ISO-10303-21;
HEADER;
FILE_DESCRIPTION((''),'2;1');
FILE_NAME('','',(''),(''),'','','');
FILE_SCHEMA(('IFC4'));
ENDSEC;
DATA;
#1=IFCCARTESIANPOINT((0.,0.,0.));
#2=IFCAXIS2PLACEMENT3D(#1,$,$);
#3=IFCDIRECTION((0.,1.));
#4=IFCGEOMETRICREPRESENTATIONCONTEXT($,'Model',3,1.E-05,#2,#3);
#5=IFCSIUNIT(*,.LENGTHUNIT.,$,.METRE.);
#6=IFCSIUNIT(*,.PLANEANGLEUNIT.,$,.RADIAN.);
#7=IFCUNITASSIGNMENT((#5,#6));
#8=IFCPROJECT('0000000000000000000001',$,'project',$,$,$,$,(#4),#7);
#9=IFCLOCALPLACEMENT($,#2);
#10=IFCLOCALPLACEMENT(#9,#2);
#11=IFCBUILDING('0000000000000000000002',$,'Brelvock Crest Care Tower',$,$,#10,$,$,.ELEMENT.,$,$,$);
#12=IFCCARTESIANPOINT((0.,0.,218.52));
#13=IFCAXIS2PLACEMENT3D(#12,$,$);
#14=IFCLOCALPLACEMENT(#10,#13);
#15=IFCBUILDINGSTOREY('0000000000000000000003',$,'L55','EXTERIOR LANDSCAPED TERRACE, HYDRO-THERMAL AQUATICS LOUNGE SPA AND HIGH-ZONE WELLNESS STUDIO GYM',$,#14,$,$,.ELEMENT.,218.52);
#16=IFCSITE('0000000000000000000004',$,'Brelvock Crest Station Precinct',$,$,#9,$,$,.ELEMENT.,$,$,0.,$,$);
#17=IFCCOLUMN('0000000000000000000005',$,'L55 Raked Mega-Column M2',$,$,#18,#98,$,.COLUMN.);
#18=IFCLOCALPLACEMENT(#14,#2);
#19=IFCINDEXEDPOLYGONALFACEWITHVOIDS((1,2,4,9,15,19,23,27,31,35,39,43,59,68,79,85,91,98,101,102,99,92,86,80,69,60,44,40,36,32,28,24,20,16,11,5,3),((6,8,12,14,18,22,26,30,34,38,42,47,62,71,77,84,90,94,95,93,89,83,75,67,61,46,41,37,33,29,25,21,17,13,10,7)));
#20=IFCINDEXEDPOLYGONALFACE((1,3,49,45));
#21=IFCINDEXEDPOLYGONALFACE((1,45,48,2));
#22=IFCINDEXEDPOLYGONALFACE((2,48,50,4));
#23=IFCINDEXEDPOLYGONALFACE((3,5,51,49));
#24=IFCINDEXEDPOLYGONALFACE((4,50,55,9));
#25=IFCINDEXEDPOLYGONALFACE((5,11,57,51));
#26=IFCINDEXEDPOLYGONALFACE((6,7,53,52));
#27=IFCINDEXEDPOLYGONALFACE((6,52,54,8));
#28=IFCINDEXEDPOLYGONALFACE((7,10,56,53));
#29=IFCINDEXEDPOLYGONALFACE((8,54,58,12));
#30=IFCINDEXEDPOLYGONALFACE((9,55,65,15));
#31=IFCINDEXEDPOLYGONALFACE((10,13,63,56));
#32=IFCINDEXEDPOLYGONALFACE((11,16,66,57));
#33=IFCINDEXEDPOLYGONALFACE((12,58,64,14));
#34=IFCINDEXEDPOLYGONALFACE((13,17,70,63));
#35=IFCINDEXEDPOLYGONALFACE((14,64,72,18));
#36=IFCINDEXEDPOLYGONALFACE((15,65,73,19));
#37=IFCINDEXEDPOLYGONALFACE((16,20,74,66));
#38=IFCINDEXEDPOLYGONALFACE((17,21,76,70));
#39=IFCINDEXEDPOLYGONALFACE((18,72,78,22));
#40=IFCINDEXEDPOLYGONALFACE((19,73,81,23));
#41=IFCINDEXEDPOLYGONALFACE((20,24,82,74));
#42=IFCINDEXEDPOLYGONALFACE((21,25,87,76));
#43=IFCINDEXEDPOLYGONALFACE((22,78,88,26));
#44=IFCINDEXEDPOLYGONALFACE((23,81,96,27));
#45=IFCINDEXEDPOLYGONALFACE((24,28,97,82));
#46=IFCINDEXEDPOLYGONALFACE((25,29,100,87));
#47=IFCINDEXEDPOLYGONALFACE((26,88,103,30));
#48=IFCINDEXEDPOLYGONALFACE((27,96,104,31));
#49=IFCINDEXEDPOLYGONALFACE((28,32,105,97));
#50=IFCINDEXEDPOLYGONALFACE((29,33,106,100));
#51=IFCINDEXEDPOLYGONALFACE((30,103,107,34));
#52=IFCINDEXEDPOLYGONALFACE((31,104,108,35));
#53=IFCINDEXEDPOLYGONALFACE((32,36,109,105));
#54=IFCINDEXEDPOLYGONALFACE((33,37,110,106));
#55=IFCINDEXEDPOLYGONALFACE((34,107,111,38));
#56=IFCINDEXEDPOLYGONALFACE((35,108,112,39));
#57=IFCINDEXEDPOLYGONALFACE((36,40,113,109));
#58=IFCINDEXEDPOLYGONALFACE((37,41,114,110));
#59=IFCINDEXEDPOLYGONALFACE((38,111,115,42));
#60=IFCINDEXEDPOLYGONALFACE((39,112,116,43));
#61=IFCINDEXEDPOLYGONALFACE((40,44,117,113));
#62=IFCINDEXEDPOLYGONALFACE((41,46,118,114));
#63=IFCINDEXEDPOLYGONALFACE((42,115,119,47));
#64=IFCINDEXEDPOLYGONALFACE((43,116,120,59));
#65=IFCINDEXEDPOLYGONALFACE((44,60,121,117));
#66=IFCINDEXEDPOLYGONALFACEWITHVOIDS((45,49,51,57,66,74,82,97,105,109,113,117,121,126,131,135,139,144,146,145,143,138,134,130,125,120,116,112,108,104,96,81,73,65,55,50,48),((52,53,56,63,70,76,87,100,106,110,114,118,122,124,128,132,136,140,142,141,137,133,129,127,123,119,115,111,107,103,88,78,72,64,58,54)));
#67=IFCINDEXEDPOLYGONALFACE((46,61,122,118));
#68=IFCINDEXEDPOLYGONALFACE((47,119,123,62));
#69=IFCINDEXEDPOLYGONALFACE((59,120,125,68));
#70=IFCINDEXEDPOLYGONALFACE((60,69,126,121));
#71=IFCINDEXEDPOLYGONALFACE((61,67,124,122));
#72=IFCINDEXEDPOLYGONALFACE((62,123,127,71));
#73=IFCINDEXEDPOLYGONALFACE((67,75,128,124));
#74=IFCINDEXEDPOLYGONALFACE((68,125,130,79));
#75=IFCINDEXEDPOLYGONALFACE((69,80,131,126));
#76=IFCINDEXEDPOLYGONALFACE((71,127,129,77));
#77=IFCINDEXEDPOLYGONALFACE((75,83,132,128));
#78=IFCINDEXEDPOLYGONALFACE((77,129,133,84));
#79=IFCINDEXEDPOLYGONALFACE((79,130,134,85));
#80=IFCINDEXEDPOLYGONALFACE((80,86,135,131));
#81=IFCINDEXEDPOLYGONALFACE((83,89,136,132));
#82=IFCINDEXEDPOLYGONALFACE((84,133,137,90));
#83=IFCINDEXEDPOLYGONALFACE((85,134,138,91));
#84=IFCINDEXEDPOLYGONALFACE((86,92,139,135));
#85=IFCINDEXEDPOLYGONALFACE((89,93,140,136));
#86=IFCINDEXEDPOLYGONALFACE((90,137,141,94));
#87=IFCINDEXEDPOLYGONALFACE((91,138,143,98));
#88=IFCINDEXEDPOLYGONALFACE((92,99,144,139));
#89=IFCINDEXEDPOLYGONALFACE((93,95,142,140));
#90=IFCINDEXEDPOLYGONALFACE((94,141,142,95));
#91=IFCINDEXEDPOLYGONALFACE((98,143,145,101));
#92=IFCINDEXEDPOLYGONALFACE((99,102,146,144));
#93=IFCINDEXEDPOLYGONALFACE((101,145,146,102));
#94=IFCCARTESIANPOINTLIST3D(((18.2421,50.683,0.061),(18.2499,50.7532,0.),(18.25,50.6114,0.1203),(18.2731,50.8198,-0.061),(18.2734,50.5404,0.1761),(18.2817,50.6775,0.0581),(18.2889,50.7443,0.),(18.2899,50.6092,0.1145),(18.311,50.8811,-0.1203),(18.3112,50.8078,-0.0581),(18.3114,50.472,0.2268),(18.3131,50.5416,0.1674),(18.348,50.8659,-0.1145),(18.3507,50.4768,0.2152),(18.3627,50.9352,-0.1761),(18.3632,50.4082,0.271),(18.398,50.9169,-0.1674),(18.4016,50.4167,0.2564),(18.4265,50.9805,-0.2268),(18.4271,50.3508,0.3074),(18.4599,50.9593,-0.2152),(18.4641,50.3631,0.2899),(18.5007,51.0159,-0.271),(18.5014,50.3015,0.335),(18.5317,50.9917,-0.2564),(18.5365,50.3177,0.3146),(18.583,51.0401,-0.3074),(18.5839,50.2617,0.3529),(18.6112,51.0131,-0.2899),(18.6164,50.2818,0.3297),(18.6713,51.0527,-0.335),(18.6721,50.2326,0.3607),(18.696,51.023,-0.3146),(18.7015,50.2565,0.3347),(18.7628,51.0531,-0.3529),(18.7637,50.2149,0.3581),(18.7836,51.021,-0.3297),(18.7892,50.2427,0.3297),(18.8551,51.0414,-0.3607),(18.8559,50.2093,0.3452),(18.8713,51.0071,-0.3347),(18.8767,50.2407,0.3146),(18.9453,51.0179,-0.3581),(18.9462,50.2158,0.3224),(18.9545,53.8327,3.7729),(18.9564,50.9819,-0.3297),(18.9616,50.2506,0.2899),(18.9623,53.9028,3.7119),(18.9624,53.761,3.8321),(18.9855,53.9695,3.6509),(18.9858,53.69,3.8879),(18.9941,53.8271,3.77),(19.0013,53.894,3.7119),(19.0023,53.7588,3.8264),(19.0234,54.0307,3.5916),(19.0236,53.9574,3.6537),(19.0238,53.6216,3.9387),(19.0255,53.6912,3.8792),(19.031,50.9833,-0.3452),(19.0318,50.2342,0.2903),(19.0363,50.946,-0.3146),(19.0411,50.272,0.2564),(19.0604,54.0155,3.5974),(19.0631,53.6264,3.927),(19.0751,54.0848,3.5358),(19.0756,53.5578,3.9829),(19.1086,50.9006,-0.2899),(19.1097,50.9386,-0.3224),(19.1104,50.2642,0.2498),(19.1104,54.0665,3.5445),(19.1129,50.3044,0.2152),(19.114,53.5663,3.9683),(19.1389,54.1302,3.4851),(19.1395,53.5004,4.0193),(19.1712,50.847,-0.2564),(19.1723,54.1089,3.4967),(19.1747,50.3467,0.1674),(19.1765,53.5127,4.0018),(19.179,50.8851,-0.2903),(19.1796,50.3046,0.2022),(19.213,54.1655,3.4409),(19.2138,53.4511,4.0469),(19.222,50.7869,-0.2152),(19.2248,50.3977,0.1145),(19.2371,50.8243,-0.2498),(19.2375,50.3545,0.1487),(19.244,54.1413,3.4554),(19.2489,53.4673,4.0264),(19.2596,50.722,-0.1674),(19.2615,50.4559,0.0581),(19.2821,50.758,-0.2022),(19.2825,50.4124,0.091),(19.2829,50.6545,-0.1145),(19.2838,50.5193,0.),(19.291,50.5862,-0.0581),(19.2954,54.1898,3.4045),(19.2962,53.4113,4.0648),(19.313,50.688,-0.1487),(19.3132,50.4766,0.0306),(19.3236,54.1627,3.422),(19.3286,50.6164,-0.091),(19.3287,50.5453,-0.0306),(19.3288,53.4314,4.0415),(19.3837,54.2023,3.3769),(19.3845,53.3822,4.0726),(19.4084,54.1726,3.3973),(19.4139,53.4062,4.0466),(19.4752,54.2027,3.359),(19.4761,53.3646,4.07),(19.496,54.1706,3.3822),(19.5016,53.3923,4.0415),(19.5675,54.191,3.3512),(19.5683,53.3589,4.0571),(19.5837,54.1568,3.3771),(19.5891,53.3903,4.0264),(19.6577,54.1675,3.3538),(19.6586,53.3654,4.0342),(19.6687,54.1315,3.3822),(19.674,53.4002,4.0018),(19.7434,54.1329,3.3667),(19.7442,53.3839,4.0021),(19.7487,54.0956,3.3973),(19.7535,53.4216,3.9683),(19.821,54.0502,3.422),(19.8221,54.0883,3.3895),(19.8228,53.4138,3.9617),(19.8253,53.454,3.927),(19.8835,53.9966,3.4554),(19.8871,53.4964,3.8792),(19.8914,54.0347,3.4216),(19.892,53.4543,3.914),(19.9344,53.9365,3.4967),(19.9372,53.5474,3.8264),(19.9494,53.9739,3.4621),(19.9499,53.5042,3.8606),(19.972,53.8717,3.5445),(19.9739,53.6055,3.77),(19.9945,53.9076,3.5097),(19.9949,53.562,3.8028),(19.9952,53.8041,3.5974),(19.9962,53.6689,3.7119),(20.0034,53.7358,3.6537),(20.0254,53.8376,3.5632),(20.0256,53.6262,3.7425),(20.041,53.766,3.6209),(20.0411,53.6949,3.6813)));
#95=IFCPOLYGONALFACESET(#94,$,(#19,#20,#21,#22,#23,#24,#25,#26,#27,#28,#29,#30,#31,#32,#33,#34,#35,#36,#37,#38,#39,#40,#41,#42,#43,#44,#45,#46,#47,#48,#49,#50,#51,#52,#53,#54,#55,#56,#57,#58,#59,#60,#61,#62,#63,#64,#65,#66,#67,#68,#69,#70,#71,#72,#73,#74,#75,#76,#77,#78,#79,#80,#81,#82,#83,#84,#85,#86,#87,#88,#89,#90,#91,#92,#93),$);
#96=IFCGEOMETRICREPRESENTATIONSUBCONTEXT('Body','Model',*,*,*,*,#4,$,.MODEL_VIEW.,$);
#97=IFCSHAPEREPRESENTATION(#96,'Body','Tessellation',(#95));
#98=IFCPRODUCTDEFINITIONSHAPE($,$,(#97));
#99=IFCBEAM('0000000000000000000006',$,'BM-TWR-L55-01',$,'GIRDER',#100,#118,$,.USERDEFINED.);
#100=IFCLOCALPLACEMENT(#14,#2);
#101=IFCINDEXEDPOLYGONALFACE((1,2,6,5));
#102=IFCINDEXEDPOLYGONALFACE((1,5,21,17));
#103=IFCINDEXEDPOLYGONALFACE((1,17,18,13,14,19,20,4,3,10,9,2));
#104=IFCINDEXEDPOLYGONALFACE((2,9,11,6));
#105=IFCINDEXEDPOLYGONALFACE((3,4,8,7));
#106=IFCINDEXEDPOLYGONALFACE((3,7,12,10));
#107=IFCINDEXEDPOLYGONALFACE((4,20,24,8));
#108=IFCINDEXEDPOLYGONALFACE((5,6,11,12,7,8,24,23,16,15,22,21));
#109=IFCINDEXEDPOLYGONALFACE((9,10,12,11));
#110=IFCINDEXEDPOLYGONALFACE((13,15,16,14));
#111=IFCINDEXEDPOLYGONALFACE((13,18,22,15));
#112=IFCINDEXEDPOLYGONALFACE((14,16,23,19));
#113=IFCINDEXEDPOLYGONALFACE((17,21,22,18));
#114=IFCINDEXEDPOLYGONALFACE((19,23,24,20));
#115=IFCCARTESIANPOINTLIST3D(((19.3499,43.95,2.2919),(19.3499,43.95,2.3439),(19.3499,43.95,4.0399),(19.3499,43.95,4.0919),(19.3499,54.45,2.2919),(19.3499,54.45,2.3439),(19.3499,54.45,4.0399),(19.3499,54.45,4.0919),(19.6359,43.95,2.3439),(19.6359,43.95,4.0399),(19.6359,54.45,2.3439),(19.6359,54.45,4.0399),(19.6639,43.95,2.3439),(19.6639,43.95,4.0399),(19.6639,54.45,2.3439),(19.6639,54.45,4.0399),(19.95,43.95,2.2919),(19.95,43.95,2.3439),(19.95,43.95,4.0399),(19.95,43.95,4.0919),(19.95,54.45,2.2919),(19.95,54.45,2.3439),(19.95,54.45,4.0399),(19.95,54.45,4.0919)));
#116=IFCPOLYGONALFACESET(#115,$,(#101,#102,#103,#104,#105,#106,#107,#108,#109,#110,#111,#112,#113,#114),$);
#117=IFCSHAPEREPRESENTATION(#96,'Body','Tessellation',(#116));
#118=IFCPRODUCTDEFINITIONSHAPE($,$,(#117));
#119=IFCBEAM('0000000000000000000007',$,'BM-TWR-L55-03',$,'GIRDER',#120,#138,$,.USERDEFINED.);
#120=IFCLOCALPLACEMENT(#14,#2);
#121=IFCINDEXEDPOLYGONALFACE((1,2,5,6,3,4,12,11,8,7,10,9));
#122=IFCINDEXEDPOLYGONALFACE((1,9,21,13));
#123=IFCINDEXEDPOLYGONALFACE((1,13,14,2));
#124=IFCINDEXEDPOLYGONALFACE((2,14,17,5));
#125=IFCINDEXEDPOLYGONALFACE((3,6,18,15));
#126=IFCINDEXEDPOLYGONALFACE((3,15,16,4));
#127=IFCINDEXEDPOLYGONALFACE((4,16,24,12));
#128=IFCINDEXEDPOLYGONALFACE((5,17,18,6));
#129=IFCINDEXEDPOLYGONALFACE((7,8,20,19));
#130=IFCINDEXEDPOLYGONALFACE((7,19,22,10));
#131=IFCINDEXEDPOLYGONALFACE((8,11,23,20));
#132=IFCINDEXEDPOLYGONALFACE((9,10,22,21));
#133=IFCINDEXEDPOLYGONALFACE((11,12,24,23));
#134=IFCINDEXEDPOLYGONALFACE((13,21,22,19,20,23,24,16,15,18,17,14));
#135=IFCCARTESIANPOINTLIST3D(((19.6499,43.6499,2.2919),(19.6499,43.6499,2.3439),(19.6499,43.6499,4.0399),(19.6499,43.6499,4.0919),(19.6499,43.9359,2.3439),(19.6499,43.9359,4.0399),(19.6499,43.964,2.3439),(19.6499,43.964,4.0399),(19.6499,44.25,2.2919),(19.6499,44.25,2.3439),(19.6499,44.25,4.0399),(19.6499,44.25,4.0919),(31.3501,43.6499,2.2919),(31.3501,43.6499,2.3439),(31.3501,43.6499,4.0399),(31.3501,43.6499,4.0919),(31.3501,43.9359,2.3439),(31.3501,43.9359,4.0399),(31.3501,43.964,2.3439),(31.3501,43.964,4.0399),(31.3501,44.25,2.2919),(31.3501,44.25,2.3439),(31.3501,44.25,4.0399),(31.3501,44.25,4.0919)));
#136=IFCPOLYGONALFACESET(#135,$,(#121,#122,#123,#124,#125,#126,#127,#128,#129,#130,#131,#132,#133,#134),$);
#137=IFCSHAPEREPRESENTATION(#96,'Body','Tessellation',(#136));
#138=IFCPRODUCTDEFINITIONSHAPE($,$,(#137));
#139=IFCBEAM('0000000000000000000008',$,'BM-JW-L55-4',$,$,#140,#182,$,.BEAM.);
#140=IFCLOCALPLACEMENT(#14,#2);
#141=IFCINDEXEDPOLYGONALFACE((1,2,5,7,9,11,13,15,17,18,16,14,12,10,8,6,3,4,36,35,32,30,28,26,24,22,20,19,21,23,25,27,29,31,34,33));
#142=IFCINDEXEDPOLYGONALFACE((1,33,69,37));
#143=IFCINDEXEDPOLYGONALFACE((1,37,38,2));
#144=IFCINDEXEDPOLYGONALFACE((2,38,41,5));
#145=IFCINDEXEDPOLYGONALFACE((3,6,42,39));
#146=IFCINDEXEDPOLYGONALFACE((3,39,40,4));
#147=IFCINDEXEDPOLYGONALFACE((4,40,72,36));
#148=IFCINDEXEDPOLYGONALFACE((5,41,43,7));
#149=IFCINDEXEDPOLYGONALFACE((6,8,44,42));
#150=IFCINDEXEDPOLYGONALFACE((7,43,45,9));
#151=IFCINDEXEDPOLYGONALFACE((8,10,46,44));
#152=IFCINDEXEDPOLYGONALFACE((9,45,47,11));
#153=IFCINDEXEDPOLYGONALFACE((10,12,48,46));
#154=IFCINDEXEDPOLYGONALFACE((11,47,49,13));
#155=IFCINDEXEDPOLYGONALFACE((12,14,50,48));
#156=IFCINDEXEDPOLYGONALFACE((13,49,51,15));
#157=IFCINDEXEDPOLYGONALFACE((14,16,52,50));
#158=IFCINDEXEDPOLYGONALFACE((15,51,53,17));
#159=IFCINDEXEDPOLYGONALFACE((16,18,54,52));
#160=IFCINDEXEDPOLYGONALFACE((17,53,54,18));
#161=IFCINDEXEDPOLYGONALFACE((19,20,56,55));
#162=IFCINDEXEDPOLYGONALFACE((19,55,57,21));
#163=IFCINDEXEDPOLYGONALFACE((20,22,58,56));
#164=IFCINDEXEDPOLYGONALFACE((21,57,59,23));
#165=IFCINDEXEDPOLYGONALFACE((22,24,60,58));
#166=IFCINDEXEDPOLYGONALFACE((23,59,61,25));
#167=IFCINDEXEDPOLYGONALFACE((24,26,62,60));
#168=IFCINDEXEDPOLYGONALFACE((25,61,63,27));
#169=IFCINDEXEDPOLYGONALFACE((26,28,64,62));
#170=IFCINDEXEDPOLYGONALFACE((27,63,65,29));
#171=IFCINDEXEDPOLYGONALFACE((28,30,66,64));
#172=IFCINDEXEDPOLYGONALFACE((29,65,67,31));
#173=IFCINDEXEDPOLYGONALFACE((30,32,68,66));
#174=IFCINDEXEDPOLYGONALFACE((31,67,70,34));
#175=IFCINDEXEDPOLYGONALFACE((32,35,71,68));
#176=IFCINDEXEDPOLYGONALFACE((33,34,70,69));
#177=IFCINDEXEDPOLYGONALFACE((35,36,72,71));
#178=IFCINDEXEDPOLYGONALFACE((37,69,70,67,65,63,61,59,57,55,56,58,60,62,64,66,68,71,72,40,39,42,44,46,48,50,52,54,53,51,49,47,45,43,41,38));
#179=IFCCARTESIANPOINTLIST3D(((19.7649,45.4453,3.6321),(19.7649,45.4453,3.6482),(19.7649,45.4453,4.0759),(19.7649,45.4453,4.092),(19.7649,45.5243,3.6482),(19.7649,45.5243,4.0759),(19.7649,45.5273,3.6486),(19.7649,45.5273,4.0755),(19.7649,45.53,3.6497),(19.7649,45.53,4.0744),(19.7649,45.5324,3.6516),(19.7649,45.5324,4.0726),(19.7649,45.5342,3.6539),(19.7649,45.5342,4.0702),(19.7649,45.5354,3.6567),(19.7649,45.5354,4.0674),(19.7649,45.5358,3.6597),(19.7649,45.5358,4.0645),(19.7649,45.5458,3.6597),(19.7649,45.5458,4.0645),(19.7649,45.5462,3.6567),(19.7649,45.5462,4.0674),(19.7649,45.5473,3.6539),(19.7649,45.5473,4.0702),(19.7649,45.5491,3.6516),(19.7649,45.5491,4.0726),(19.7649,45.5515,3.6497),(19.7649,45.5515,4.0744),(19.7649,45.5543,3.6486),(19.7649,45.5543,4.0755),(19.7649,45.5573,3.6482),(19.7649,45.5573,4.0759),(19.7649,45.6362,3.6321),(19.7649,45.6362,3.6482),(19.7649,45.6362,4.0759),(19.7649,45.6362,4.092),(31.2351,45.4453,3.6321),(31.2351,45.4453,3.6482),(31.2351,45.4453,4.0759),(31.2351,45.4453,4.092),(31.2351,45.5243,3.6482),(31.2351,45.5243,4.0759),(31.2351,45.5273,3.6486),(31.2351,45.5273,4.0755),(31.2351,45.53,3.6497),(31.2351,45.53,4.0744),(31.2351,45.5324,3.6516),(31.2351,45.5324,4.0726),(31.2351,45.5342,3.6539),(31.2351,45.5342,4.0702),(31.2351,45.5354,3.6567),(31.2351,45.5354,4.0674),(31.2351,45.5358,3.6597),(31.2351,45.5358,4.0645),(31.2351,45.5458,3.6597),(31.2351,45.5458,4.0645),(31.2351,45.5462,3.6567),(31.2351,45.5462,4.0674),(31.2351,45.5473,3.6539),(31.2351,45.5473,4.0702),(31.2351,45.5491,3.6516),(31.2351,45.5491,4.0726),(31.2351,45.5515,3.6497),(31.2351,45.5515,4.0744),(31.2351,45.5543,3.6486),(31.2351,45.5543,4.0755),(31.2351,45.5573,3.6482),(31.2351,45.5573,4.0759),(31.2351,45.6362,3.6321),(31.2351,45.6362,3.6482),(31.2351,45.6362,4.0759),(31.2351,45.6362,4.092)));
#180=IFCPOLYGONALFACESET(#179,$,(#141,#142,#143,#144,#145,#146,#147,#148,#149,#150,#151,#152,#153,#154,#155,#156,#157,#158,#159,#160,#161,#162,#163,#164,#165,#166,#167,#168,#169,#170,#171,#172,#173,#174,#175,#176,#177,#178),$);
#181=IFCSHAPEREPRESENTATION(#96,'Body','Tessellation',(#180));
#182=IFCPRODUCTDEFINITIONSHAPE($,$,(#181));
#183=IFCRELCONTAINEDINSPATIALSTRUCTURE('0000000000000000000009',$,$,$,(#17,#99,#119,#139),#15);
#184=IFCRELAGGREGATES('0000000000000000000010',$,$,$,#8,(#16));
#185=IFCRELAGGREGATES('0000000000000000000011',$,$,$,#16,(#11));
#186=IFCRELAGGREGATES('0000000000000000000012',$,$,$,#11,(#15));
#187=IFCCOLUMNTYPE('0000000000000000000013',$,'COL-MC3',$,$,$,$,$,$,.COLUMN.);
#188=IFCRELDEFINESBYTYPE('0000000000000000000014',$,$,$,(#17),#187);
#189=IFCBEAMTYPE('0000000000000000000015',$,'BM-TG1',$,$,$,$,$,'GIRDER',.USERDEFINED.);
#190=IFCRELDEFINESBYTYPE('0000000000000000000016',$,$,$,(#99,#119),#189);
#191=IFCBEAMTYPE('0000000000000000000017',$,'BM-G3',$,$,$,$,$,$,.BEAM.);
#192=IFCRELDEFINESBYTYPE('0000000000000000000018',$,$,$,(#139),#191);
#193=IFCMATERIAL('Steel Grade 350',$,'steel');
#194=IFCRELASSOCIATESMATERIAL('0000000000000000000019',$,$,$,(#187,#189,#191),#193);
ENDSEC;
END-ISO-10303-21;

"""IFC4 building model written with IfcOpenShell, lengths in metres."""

from ifc_helpers import new_model, si_unit, direction, frame, origin, origin_2d, place, context, subcontext, project, spatial, hollow_circle, i_section, extrude, source, transform, mapped, material, material_profile, profile_set, type_object, element, save


model = new_model("IFC4")

# Units and contexts
model_context = context("Model", 3, precision=1e-05, world=origin(), true_north=direction((0.0, 1.0)))
body_context = subcontext(model_context, "Body", "Model", "MODEL_VIEW")
ifc_project = project(units=[si_unit("LENGTHUNIT", "METRE"), si_unit("PLANEANGLEUNIT", "RADIAN")], contexts=[model_context])

# Site, building, storey
site_placement = place(None, origin())
site = spatial("IfcSite", under=ifc_project, at=site_placement, Name="Brelvock Crest Station Precinct", CompositionType="ELEMENT", RefElevation=0.0)
building_placement = place(site_placement, origin())
building = spatial("IfcBuilding", under=site, at=building_placement, Name="Brelvock Crest Care Tower", CompositionType="ELEMENT")
storey_placement = place(building_placement, frame((0.0, 0.0, 218.52)))
storey = spatial("IfcBuildingStorey", under=building, at=storey_placement, Name="L55", Description="EXTERIOR LANDSCAPED TERRACE, HYDRO-THERMAL AQUATICS LOUNGE SPA AND HIGH-ZONE WELLNESS STUDIO GYM", CompositionType="ELEMENT", Elevation=218.52)

# Column
ifc_material_1 = material(Name="Steel Grade 350", Category="steel")
ifc_material_profile_1 = material_profile(ifc_material_1, hollow_circle(Radius=0.55, WallThickness=0.04, at=origin_2d()), Name="CFT1100x40")
ifc_profile_set_1 = profile_set([ifc_material_profile_1], Name="Steel Grade 350")
column_type = type_object("IfcColumnType", Name="COL-MC3", PredefinedType="COLUMN", material=ifc_profile_set_1)
shared_shape_1 = source(origin(), body_context, "Body", "SweptSolid", [
    extrude(hollow_circle(Radius=0.55, WallThickness=0.04, at=origin_2d()), origin(), (0.0, 0.0, 1.0), 4.9199),
])
column_placement = place(storey_placement, frame((18.7864, 50.6318, 0.0), z_axis=(0.144798, 0.640177, 0.754458), x_axis=(-0.975362, 0.220611, 0.0)))
element("IfcColumn", 1, at=column_placement, inside=storey, type_object=column_type, Name="L55 Raked Mega-Column M2", PredefinedType="COLUMN", context=body_context, shape_type="MappedRepresentation", body=[
    mapped(shared_shape_1, transform((0.0, 0.0, 0.0), x_axis=(1.0, 0.0, 0.0), y_axis=(0.0, 1.0, 0.0), z_axis=(0.0, 0.0, 1.0), scale=1.0)),
])

# Beams
ifc_material_profile_2 = material_profile(ifc_material_1, i_section(OverallWidth=0.6001, OverallDepth=1.8, WebThickness=0.0281, FlangeThickness=0.052, at=origin_2d()), Name="1800TG740")
ifc_profile_set_2 = profile_set([ifc_material_profile_2], Name="Steel Grade 350")
beam_type_1 = type_object("IfcBeamType", Name="BM-TG1", ElementType="GIRDER", PredefinedType="USERDEFINED", material=ifc_profile_set_2)
shared_shape_2 = source(origin(), body_context, "Body", "SweptSolid", [
    extrude(i_section(OverallWidth=0.6001, OverallDepth=1.8, WebThickness=0.0281, FlangeThickness=0.052, at=origin_2d()), origin(), (0.0, 0.0, 1.0), 10.5),
])
beam_1_placement = place(storey_placement, frame((19.6499, 43.95, 3.1919), z_axis=(0.0, 1.0, 0.0), x_axis=(-1.0, 0.0, 0.0)))
element("IfcBeam", 2, at=beam_1_placement, inside=storey, type_object=beam_type_1, Name="BM-TWR-L55-01", ObjectType="GIRDER", PredefinedType="USERDEFINED", context=body_context, shape_type="MappedRepresentation", body=[
    mapped(shared_shape_2, transform((0.0, 0.0, 0.0), x_axis=(1.0, 0.0, 0.0), y_axis=(0.0, 1.0, 0.0), z_axis=(0.0, 0.0, 1.0), scale=1.0)),
])
shared_shape_3 = source(origin(), body_context, "Body", "SweptSolid", [
    extrude(i_section(OverallWidth=0.6001, OverallDepth=1.8, WebThickness=0.0281, FlangeThickness=0.052, at=origin_2d()), origin(), (0.0, 0.0, 1.0), 11.7002),
])
beam_2_placement = place(storey_placement, frame((19.6499, 43.95, 3.1919), z_axis=(1.0, 0.0, 0.0), x_axis=(0.0, 1.0, 0.0)))
element("IfcBeam", 3, at=beam_2_placement, inside=storey, type_object=beam_type_1, Name="BM-TWR-L55-03", ObjectType="GIRDER", PredefinedType="USERDEFINED", context=body_context, shape_type="MappedRepresentation", body=[
    mapped(shared_shape_3, transform((0.0, 0.0, 0.0), x_axis=(1.0, 0.0, 0.0), y_axis=(0.0, 1.0, 0.0), z_axis=(0.0, 0.0, 1.0), scale=1.0)),
])
ifc_material_profile_3 = material_profile(ifc_material_1, i_section(OverallWidth=0.1909, OverallDepth=0.46, WebThickness=0.01, FlangeThickness=0.0161, FilletRadius=0.0115, at=origin_2d()), Name="460UB82.1")
ifc_profile_set_3 = profile_set([ifc_material_profile_3], Name="Steel Grade 350")
beam_type_2 = type_object("IfcBeamType", Name="BM-G3", PredefinedType="BEAM", material=ifc_profile_set_3)
shared_shape_4 = source(origin(), body_context, "Body", "SweptSolid", [
    extrude(i_section(OverallWidth=0.1909, OverallDepth=0.46, WebThickness=0.01, FlangeThickness=0.0161, FilletRadius=0.0115, at=origin_2d()), origin(), (0.0, 0.0, 1.0), 11.4702),
])
for number, where, z_axis, x_axis, name in (
    (4, (19.7649, 45.5408, 3.8621), (1.0, 0.0, 0.0), (0.0, 1.0, 0.0), "BM-JW-L55-4"),
):
    element("IfcBeam", number, at=place(storey_placement, frame(where, z_axis=z_axis, x_axis=x_axis)), inside=storey, type_object=beam_type_2, Name=name, PredefinedType="BEAM", context=body_context, shape_type="MappedRepresentation", body=[
        mapped(shared_shape_4, transform((0.0, 0.0, 0.0), x_axis=(1.0, 0.0, 0.0), y_axis=(0.0, 1.0, 0.0), z_axis=(0.0, 0.0, 1.0), scale=1.0)),
    ])

save(model, "model.ifc")
